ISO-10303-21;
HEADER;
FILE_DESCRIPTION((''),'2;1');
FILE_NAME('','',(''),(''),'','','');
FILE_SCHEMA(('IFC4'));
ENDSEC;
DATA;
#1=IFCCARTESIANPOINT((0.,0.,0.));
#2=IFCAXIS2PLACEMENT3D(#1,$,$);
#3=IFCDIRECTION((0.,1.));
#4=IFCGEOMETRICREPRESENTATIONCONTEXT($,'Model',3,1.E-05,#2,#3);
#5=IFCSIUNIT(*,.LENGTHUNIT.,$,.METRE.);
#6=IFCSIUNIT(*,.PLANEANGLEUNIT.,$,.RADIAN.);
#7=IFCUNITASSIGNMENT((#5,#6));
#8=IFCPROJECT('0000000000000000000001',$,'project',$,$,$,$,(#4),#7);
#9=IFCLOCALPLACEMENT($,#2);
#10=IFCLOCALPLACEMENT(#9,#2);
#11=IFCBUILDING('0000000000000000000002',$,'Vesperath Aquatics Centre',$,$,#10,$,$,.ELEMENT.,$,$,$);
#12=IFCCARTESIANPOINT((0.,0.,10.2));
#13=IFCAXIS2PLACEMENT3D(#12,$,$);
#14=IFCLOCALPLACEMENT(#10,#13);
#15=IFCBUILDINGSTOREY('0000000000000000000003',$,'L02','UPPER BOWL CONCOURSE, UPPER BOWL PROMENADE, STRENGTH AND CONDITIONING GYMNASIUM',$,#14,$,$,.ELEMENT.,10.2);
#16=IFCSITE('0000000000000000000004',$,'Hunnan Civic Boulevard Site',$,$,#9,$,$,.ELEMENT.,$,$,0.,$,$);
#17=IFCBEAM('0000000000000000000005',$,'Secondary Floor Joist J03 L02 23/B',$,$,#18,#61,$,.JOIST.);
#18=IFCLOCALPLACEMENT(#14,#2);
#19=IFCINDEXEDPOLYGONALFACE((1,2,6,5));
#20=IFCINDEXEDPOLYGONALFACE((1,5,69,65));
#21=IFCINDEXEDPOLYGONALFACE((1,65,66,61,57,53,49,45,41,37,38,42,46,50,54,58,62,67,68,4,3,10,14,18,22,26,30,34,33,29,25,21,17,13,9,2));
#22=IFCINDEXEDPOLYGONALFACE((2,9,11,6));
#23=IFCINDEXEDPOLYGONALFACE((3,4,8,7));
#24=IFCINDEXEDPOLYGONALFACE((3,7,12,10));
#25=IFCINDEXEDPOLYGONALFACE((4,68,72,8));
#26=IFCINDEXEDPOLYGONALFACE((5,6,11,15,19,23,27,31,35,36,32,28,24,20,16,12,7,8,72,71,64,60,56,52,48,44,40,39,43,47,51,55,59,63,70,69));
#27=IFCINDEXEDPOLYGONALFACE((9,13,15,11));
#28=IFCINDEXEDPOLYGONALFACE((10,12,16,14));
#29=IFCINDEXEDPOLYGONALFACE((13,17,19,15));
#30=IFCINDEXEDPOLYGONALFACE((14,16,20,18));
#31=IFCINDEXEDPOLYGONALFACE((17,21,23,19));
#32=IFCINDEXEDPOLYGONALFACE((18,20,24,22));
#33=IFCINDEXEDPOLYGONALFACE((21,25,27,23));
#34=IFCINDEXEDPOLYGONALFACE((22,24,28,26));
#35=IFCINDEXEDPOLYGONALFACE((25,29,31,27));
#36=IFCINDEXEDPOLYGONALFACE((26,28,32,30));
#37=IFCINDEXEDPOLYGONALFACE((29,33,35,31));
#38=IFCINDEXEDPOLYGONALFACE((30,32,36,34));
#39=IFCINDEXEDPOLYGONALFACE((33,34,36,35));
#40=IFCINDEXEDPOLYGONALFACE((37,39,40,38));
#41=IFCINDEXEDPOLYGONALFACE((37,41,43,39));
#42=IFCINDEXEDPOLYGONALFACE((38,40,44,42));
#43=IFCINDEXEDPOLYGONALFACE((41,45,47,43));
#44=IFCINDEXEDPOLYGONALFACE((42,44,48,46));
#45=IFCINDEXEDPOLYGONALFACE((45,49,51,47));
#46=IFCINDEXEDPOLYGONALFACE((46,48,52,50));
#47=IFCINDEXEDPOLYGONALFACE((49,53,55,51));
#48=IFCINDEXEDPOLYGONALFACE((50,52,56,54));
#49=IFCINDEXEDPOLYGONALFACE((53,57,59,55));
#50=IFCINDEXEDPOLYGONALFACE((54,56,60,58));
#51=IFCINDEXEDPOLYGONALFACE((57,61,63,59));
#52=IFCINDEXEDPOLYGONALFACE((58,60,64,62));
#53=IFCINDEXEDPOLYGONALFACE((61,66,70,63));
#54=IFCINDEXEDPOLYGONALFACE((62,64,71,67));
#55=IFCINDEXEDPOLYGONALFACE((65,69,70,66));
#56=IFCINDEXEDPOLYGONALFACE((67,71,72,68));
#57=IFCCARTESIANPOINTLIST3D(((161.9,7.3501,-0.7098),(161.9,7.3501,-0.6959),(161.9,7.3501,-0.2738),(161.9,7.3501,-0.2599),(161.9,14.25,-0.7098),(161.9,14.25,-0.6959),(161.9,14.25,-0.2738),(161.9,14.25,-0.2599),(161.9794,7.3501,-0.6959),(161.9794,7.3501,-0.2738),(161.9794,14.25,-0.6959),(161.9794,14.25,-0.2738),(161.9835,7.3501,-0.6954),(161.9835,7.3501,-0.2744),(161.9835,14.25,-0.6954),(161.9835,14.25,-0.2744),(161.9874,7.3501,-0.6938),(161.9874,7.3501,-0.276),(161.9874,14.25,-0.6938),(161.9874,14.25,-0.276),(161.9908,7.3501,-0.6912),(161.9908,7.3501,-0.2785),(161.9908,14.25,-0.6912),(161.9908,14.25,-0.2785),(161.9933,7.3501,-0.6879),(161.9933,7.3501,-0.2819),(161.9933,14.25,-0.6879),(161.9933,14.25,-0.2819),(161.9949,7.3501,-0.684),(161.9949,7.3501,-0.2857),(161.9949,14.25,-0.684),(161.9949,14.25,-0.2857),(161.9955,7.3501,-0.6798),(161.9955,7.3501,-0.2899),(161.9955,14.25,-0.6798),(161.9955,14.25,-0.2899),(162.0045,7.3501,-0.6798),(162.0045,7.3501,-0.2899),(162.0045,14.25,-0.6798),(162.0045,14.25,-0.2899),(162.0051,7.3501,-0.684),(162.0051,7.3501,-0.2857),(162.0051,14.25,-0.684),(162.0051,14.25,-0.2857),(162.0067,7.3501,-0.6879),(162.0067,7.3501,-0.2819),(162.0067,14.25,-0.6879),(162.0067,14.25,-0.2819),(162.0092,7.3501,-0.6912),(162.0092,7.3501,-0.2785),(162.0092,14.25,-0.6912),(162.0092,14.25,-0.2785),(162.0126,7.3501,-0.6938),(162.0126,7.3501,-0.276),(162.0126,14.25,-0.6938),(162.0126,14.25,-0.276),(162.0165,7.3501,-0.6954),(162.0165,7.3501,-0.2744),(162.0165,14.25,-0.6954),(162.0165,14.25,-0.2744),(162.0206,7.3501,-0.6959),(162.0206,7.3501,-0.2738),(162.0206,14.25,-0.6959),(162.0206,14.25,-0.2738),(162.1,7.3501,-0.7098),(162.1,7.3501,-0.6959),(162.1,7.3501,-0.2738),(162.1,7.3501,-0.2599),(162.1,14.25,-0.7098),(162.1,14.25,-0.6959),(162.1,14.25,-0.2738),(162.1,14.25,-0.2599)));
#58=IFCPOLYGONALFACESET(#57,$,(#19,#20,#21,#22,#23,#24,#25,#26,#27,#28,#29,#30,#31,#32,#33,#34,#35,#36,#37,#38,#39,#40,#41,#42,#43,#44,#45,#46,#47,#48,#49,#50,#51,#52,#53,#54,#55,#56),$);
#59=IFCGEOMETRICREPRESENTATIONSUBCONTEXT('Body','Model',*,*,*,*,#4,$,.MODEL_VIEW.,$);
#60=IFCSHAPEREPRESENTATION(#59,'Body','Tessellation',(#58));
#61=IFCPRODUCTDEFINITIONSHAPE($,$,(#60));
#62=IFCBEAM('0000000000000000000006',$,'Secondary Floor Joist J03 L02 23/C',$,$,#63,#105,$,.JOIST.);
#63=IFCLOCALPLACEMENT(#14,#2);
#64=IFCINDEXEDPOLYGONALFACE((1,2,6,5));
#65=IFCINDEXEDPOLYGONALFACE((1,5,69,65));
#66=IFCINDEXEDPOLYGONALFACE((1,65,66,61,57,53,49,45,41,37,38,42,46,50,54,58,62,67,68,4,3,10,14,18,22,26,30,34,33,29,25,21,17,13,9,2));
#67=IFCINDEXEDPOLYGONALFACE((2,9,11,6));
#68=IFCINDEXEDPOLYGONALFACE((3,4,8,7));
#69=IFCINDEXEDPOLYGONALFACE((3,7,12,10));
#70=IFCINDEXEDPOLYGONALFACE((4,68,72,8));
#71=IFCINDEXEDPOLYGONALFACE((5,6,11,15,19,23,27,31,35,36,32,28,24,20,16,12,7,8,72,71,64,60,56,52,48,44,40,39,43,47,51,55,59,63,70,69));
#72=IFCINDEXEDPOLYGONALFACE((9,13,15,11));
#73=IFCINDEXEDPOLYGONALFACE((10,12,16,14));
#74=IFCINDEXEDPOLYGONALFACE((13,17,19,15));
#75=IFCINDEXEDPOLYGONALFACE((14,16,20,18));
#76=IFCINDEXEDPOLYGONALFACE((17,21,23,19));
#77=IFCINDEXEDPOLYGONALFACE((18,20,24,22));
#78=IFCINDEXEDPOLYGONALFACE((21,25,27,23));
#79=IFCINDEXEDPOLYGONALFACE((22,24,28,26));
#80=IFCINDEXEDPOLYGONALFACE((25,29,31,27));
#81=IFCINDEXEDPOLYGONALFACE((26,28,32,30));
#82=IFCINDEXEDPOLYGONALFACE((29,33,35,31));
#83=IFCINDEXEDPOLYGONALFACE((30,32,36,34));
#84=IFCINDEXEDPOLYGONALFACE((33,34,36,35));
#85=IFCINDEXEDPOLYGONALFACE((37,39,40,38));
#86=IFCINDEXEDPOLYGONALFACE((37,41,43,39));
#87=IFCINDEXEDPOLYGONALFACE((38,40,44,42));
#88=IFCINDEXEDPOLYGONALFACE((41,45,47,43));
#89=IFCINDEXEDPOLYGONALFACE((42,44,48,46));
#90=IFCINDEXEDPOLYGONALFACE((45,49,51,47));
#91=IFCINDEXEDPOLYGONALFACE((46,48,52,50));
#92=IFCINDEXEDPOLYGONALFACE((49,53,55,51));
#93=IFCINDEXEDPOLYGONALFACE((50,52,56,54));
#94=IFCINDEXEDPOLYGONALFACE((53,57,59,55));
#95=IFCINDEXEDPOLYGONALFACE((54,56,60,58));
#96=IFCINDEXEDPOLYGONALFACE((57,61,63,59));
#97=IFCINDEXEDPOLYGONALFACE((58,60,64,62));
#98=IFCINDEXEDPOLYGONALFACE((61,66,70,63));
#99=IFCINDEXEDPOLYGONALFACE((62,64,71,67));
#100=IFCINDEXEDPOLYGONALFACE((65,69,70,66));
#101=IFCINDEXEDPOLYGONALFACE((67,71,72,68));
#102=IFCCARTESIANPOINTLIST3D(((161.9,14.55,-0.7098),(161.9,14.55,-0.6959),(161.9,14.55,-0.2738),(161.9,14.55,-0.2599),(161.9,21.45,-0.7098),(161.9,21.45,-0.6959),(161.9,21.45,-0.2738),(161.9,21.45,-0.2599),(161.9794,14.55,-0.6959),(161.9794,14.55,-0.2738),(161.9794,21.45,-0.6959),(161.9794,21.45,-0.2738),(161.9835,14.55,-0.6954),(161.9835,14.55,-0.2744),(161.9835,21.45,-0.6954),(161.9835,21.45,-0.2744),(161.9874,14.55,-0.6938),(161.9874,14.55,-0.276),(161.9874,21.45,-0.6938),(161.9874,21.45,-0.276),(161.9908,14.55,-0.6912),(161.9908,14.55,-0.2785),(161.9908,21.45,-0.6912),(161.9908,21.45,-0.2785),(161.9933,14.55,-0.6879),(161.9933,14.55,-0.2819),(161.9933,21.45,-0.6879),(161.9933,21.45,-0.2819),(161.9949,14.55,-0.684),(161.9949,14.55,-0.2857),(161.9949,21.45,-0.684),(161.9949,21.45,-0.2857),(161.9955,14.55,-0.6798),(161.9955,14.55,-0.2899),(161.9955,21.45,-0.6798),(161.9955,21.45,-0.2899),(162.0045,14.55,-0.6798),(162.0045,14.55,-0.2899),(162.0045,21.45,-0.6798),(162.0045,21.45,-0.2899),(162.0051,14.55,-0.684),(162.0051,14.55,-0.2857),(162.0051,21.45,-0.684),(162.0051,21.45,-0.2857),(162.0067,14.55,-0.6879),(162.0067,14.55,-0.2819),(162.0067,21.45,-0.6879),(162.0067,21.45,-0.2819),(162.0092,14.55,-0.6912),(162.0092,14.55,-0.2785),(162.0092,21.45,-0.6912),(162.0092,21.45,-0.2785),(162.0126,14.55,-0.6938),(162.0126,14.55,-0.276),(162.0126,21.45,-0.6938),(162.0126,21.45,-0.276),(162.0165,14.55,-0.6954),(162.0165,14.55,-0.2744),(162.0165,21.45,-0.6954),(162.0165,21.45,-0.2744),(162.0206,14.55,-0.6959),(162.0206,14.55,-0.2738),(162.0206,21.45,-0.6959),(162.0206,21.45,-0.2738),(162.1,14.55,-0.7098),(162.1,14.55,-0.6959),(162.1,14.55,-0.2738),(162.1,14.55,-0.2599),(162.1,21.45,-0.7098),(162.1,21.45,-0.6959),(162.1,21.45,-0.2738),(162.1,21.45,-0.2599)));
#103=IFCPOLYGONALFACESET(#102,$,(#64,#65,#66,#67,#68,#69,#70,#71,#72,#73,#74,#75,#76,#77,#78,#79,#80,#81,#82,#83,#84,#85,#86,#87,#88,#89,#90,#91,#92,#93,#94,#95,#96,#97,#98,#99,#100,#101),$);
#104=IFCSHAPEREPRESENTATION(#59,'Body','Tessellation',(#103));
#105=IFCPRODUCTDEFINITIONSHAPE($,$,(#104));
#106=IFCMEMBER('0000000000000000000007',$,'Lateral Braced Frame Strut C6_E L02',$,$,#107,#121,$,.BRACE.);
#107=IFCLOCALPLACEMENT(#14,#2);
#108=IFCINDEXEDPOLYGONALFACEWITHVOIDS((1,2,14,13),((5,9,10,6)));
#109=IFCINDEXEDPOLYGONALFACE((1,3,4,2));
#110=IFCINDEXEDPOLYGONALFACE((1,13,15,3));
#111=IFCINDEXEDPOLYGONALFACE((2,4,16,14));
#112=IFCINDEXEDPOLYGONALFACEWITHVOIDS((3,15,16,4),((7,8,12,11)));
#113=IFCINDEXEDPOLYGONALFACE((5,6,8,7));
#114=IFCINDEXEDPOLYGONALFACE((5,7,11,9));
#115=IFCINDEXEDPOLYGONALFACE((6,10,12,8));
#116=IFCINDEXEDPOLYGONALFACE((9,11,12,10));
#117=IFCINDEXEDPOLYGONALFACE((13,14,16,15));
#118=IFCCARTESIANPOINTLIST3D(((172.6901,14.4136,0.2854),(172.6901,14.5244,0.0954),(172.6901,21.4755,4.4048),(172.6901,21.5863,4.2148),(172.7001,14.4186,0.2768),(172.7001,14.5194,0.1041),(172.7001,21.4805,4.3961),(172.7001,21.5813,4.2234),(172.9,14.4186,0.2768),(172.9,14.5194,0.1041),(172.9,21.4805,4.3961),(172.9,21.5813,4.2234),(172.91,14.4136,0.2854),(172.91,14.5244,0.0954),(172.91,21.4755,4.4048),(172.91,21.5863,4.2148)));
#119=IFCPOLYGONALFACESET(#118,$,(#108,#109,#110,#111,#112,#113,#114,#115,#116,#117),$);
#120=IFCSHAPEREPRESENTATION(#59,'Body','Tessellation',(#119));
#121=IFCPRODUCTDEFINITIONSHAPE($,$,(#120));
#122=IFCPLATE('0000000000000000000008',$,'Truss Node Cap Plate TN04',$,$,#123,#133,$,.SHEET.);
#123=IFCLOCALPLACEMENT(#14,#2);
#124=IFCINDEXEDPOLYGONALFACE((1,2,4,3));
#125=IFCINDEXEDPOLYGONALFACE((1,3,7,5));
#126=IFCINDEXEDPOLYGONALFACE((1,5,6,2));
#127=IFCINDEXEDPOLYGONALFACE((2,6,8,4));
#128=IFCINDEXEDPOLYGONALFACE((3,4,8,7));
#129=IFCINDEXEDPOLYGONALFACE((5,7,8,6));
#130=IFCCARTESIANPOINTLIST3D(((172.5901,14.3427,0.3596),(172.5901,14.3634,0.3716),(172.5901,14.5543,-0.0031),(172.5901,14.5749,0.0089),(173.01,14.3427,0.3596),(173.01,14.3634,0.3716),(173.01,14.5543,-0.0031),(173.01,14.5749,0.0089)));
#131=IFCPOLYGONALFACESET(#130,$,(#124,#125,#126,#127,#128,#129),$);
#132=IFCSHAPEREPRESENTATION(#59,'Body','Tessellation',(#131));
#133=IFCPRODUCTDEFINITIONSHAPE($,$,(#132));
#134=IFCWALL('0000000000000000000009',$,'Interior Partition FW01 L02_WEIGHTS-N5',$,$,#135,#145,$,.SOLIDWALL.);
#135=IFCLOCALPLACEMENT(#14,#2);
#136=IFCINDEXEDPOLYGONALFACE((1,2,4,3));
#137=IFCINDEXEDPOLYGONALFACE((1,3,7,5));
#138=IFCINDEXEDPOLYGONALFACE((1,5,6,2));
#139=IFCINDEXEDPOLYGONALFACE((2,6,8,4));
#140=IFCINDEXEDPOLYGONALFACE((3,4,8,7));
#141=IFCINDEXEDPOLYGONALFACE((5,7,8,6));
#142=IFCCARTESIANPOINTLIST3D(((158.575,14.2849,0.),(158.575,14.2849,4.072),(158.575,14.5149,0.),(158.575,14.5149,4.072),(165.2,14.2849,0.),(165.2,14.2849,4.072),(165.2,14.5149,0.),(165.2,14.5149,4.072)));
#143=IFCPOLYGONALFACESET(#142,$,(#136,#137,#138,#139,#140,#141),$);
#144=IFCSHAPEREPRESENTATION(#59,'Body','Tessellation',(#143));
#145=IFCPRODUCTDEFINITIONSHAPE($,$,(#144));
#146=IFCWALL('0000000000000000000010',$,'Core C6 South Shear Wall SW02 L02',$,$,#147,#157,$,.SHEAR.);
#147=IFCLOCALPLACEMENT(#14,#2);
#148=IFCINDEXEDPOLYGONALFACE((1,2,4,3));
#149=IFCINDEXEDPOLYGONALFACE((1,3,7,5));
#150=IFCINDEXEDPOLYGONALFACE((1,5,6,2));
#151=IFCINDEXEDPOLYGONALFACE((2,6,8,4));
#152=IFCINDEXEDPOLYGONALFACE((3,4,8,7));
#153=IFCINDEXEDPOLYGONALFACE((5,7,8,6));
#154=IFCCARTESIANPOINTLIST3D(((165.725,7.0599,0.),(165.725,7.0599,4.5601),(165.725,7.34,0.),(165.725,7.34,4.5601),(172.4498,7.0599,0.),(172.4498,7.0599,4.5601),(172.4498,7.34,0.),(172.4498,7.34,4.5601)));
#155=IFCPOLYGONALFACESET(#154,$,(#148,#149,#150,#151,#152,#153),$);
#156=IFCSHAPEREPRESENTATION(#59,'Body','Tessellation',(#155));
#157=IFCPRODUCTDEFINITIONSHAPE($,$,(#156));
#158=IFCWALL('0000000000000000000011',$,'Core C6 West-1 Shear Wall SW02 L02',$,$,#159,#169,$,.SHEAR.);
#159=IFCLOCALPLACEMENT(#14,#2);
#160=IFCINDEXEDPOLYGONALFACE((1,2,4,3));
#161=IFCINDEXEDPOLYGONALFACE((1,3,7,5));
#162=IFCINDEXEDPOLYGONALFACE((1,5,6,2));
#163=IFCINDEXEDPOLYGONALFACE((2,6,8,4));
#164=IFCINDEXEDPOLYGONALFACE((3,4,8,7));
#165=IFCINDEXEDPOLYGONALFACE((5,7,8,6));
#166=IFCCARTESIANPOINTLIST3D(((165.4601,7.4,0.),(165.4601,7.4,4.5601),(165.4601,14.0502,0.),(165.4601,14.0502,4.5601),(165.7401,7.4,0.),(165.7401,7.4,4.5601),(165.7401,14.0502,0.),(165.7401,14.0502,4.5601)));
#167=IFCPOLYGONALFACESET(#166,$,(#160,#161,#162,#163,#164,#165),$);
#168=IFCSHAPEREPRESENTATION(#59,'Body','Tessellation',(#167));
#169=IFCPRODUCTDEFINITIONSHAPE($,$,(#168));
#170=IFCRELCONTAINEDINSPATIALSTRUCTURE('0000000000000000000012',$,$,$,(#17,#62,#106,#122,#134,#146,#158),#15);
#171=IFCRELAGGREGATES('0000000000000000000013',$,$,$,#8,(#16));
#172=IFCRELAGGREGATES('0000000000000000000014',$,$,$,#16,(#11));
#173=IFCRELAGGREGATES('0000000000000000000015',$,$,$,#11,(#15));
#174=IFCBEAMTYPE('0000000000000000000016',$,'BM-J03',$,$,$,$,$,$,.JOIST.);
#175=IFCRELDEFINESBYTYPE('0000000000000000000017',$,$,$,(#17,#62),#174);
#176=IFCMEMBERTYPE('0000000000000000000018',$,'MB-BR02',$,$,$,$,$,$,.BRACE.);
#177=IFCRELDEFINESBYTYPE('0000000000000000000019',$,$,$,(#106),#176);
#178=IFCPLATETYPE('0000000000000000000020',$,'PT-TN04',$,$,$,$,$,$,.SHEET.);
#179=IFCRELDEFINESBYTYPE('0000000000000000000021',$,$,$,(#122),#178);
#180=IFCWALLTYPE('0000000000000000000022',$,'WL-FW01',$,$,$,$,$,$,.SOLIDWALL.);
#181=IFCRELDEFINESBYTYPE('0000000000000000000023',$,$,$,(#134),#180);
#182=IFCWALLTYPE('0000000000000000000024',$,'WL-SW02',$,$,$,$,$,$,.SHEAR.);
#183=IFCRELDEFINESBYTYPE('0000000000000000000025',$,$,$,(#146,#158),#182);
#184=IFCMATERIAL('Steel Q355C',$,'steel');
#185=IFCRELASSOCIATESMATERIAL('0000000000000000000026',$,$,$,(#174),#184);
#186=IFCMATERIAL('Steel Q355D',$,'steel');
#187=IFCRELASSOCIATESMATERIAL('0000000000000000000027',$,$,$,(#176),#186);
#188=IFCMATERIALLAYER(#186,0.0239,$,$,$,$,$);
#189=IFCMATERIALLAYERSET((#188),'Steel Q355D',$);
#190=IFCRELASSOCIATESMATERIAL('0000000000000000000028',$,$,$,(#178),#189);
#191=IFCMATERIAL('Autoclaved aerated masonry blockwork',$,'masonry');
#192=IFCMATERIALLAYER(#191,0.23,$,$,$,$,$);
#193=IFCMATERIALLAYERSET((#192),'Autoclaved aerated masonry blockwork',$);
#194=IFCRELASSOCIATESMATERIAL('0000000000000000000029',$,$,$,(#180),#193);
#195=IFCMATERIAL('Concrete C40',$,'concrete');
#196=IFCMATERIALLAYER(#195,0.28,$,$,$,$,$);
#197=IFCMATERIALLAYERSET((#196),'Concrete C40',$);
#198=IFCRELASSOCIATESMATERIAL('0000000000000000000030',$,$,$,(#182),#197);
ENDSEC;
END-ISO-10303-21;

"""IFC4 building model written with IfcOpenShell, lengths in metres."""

from ifc_helpers import new_model, si_unit, direction, frame, frame_2d, origin, origin_2d, place, context, subcontext, project, spatial, rectangle, hollow_rectangle, i_section, extrude, material, layer, layer_set, material_profile, profile_set, type_object, element, save


model = new_model("IFC4")

# Units and contexts
model_context = context("Model", 3, precision=1e-05, world=origin(), true_north=direction((0.0, 1.0)))
body_context = subcontext(model_context, "Body", "Model", "MODEL_VIEW")
ifc_project = project(units=[si_unit("LENGTHUNIT", "METRE"), si_unit("PLANEANGLEUNIT", "RADIAN")], contexts=[model_context])

# Site, building, storey
site_placement = place(None, origin())
site = spatial("IfcSite", under=ifc_project, at=site_placement, Name="Hunnan Civic Boulevard Site", CompositionType="ELEMENT", RefElevation=0.0)
building_placement = place(site_placement, origin())
building = spatial("IfcBuilding", under=site, at=building_placement, Name="Vesperath Aquatics Centre", CompositionType="ELEMENT")
storey_placement = place(building_placement, frame((0.0, 0.0, 10.2)))
storey = spatial("IfcBuildingStorey", under=building, at=storey_placement, Name="L02", Description="UPPER BOWL CONCOURSE, UPPER BOWL PROMENADE, STRENGTH AND CONDITIONING GYMNASIUM", CompositionType="ELEMENT", Elevation=10.2)

# Shared definitions
ifc_material_1 = material(Name="Concrete C40", Category="concrete")
ifc_material_2 = material(Name="Steel Q355D", Category="steel")

# Beams
ifc_material_3 = material(Name="Steel Q355C", Category="steel")
ifc_material_profile_1 = material_profile(ifc_material_3, i_section(OverallWidth=0.2, OverallDepth=0.45, WebThickness=0.009, FlangeThickness=0.0139, FilletRadius=0.0161, at=origin_2d()), Name="HN 450x200x9x14")
ifc_profile_set_1 = profile_set([ifc_material_profile_1], Name="Steel Q355C")
beam_type_1 = type_object("IfcBeamType", Name="BM-J03", PredefinedType="JOIST", material=ifc_profile_set_1)
for number, where, z_axis, x_axis, name in (
    (1, (162.0, 7.3501, -0.4849), (0.0, 1.0, 0.0), (-1.0, 0.0, 0.0), "Secondary Floor Joist J03 L02 23/B"),
    (2, (162.0, 14.55, -0.4849), (0.0, 1.0, 0.0), (-1.0, 0.0, 0.0), "Secondary Floor Joist J03 L02 23/C"),
):
    element("IfcBeam", number, at=place(storey_placement, frame(where, z_axis=z_axis, x_axis=x_axis)), inside=storey, type_object=beam_type_1, Name=name, PredefinedType="JOIST", context=body_context, shape_type="SweptSolid", body=[
        extrude(i_section(OverallWidth=0.2, OverallDepth=0.45, WebThickness=0.009, FlangeThickness=0.0139, FilletRadius=0.0161, at=origin_2d()), origin(), (0.0, 0.0, 1.0), 6.8999),
    ])

# Member
ifc_material_profile_2 = material_profile(ifc_material_2, hollow_rectangle(XDim=0.22, YDim=0.22, WallThickness=0.01, at=origin_2d()), Name="SHS 220x220x10")
ifc_profile_set_2 = profile_set([ifc_material_profile_2], Name="Steel Q355D")
member_type = type_object("IfcMemberType", Name="MB-BR02", PredefinedType="BRACE", material=ifc_profile_set_2)
member_placement = place(storey_placement, frame((172.8, 14.469, 0.1904), z_axis=(0.0, 0.863785, 0.50386), x_axis=(-1.0, 0.0, 0.0)))
element("IfcMember", 3, at=member_placement, inside=storey, type_object=member_type, Name="Lateral Braced Frame Strut C6_E L02", PredefinedType="BRACE", context=body_context, shape_type="SweptSolid", body=[
    extrude(hollow_rectangle(XDim=0.22, YDim=0.22, WallThickness=0.01, at=origin_2d()), origin(), (0.0, 0.0, 1.0), 8.1755),
])

# Plate
ifc_layer_1 = layer(ifc_material_2, 0.0239)
ifc_layer_set_1 = layer_set([ifc_layer_1], Name="Steel Q355D")
plate_type = type_object("IfcPlateType", Name="PT-TN04", PredefinedType="SHEET", material=ifc_layer_set_1)
plate_placement = place(storey_placement, frame((172.8, 14.4485, 0.1782), z_axis=(0.0, 0.863779, 0.503871), x_axis=(-1.0, 0.0, 0.0)))
element("IfcPlate", 4, at=plate_placement, inside=storey, type_object=plate_type, Name="Truss Node Cap Plate TN04", PredefinedType="SHEET", context=body_context, shape_type="SweptSolid", body=[
    extrude(rectangle(XDim=0.4199, YDim=0.4199, at=origin_2d()), origin(), (0.0, 0.0, 1.0), 0.0239),
])

# Walls
ifc_material_4 = material(Name="Autoclaved aerated masonry blockwork", Category="masonry")
ifc_layer_2 = layer(ifc_material_4, 0.23)
ifc_layer_set_2 = layer_set([ifc_layer_2], Name="Autoclaved aerated masonry blockwork")
wall_type_1 = type_object("IfcWallType", Name="WL-FW01", PredefinedType="SOLIDWALL", material=ifc_layer_set_2)
wall_1_placement = place(storey_placement, frame((158.575, 14.3999, 0.0), z_axis=(0.0, 0.0, 1.0), x_axis=(1.0, 0.0, 0.0)))
element("IfcWall", 5, at=wall_1_placement, inside=storey, type_object=wall_type_1, Name="Interior Partition FW01 L02_WEIGHTS-N5", PredefinedType="SOLIDWALL", context=body_context, shape_type="SweptSolid", body=[
    extrude(rectangle(XDim=6.625, YDim=0.23, at=frame_2d((3.3125, 0.0))), origin(), (0.0, 0.0, 1.0), 4.072),
])
ifc_layer_3 = layer(ifc_material_1, 0.28)
ifc_layer_set_3 = layer_set([ifc_layer_3], Name="Concrete C40")
wall_type_2 = type_object("IfcWallType", Name="WL-SW02", PredefinedType="SHEAR", material=ifc_layer_set_3)
wall_2_placement = place(storey_placement, frame((165.7251, 7.2, 0.0), z_axis=(0.0, 0.0, 1.0), x_axis=(1.0, 0.0, 0.0)))
element("IfcWall", 6, at=wall_2_placement, inside=storey, type_object=wall_type_2, Name="Core C6 South Shear Wall SW02 L02", PredefinedType="SHEAR", context=body_context, shape_type="SweptSolid", body=[
    extrude(rectangle(XDim=6.7249, YDim=0.28, at=frame_2d((3.3623, 0.0))), origin(), (0.0, 0.0, 1.0), 4.5601),
])
wall_3_placement = place(storey_placement, frame((165.6001, 7.3999, 0.0), z_axis=(0.0, 0.0, 1.0), x_axis=(0.0, 1.0, 0.0)))
element("IfcWall", 7, at=wall_3_placement, inside=storey, type_object=wall_type_2, Name="Core C6 West-1 Shear Wall SW02 L02", PredefinedType="SHEAR", context=body_context, shape_type="SweptSolid", body=[
    extrude(rectangle(XDim=6.6501, YDim=0.28, at=frame_2d((3.3252, 0.0))), origin(), (0.0, 0.0, 1.0), 4.5601),
])

save(model, "model.ifc")
